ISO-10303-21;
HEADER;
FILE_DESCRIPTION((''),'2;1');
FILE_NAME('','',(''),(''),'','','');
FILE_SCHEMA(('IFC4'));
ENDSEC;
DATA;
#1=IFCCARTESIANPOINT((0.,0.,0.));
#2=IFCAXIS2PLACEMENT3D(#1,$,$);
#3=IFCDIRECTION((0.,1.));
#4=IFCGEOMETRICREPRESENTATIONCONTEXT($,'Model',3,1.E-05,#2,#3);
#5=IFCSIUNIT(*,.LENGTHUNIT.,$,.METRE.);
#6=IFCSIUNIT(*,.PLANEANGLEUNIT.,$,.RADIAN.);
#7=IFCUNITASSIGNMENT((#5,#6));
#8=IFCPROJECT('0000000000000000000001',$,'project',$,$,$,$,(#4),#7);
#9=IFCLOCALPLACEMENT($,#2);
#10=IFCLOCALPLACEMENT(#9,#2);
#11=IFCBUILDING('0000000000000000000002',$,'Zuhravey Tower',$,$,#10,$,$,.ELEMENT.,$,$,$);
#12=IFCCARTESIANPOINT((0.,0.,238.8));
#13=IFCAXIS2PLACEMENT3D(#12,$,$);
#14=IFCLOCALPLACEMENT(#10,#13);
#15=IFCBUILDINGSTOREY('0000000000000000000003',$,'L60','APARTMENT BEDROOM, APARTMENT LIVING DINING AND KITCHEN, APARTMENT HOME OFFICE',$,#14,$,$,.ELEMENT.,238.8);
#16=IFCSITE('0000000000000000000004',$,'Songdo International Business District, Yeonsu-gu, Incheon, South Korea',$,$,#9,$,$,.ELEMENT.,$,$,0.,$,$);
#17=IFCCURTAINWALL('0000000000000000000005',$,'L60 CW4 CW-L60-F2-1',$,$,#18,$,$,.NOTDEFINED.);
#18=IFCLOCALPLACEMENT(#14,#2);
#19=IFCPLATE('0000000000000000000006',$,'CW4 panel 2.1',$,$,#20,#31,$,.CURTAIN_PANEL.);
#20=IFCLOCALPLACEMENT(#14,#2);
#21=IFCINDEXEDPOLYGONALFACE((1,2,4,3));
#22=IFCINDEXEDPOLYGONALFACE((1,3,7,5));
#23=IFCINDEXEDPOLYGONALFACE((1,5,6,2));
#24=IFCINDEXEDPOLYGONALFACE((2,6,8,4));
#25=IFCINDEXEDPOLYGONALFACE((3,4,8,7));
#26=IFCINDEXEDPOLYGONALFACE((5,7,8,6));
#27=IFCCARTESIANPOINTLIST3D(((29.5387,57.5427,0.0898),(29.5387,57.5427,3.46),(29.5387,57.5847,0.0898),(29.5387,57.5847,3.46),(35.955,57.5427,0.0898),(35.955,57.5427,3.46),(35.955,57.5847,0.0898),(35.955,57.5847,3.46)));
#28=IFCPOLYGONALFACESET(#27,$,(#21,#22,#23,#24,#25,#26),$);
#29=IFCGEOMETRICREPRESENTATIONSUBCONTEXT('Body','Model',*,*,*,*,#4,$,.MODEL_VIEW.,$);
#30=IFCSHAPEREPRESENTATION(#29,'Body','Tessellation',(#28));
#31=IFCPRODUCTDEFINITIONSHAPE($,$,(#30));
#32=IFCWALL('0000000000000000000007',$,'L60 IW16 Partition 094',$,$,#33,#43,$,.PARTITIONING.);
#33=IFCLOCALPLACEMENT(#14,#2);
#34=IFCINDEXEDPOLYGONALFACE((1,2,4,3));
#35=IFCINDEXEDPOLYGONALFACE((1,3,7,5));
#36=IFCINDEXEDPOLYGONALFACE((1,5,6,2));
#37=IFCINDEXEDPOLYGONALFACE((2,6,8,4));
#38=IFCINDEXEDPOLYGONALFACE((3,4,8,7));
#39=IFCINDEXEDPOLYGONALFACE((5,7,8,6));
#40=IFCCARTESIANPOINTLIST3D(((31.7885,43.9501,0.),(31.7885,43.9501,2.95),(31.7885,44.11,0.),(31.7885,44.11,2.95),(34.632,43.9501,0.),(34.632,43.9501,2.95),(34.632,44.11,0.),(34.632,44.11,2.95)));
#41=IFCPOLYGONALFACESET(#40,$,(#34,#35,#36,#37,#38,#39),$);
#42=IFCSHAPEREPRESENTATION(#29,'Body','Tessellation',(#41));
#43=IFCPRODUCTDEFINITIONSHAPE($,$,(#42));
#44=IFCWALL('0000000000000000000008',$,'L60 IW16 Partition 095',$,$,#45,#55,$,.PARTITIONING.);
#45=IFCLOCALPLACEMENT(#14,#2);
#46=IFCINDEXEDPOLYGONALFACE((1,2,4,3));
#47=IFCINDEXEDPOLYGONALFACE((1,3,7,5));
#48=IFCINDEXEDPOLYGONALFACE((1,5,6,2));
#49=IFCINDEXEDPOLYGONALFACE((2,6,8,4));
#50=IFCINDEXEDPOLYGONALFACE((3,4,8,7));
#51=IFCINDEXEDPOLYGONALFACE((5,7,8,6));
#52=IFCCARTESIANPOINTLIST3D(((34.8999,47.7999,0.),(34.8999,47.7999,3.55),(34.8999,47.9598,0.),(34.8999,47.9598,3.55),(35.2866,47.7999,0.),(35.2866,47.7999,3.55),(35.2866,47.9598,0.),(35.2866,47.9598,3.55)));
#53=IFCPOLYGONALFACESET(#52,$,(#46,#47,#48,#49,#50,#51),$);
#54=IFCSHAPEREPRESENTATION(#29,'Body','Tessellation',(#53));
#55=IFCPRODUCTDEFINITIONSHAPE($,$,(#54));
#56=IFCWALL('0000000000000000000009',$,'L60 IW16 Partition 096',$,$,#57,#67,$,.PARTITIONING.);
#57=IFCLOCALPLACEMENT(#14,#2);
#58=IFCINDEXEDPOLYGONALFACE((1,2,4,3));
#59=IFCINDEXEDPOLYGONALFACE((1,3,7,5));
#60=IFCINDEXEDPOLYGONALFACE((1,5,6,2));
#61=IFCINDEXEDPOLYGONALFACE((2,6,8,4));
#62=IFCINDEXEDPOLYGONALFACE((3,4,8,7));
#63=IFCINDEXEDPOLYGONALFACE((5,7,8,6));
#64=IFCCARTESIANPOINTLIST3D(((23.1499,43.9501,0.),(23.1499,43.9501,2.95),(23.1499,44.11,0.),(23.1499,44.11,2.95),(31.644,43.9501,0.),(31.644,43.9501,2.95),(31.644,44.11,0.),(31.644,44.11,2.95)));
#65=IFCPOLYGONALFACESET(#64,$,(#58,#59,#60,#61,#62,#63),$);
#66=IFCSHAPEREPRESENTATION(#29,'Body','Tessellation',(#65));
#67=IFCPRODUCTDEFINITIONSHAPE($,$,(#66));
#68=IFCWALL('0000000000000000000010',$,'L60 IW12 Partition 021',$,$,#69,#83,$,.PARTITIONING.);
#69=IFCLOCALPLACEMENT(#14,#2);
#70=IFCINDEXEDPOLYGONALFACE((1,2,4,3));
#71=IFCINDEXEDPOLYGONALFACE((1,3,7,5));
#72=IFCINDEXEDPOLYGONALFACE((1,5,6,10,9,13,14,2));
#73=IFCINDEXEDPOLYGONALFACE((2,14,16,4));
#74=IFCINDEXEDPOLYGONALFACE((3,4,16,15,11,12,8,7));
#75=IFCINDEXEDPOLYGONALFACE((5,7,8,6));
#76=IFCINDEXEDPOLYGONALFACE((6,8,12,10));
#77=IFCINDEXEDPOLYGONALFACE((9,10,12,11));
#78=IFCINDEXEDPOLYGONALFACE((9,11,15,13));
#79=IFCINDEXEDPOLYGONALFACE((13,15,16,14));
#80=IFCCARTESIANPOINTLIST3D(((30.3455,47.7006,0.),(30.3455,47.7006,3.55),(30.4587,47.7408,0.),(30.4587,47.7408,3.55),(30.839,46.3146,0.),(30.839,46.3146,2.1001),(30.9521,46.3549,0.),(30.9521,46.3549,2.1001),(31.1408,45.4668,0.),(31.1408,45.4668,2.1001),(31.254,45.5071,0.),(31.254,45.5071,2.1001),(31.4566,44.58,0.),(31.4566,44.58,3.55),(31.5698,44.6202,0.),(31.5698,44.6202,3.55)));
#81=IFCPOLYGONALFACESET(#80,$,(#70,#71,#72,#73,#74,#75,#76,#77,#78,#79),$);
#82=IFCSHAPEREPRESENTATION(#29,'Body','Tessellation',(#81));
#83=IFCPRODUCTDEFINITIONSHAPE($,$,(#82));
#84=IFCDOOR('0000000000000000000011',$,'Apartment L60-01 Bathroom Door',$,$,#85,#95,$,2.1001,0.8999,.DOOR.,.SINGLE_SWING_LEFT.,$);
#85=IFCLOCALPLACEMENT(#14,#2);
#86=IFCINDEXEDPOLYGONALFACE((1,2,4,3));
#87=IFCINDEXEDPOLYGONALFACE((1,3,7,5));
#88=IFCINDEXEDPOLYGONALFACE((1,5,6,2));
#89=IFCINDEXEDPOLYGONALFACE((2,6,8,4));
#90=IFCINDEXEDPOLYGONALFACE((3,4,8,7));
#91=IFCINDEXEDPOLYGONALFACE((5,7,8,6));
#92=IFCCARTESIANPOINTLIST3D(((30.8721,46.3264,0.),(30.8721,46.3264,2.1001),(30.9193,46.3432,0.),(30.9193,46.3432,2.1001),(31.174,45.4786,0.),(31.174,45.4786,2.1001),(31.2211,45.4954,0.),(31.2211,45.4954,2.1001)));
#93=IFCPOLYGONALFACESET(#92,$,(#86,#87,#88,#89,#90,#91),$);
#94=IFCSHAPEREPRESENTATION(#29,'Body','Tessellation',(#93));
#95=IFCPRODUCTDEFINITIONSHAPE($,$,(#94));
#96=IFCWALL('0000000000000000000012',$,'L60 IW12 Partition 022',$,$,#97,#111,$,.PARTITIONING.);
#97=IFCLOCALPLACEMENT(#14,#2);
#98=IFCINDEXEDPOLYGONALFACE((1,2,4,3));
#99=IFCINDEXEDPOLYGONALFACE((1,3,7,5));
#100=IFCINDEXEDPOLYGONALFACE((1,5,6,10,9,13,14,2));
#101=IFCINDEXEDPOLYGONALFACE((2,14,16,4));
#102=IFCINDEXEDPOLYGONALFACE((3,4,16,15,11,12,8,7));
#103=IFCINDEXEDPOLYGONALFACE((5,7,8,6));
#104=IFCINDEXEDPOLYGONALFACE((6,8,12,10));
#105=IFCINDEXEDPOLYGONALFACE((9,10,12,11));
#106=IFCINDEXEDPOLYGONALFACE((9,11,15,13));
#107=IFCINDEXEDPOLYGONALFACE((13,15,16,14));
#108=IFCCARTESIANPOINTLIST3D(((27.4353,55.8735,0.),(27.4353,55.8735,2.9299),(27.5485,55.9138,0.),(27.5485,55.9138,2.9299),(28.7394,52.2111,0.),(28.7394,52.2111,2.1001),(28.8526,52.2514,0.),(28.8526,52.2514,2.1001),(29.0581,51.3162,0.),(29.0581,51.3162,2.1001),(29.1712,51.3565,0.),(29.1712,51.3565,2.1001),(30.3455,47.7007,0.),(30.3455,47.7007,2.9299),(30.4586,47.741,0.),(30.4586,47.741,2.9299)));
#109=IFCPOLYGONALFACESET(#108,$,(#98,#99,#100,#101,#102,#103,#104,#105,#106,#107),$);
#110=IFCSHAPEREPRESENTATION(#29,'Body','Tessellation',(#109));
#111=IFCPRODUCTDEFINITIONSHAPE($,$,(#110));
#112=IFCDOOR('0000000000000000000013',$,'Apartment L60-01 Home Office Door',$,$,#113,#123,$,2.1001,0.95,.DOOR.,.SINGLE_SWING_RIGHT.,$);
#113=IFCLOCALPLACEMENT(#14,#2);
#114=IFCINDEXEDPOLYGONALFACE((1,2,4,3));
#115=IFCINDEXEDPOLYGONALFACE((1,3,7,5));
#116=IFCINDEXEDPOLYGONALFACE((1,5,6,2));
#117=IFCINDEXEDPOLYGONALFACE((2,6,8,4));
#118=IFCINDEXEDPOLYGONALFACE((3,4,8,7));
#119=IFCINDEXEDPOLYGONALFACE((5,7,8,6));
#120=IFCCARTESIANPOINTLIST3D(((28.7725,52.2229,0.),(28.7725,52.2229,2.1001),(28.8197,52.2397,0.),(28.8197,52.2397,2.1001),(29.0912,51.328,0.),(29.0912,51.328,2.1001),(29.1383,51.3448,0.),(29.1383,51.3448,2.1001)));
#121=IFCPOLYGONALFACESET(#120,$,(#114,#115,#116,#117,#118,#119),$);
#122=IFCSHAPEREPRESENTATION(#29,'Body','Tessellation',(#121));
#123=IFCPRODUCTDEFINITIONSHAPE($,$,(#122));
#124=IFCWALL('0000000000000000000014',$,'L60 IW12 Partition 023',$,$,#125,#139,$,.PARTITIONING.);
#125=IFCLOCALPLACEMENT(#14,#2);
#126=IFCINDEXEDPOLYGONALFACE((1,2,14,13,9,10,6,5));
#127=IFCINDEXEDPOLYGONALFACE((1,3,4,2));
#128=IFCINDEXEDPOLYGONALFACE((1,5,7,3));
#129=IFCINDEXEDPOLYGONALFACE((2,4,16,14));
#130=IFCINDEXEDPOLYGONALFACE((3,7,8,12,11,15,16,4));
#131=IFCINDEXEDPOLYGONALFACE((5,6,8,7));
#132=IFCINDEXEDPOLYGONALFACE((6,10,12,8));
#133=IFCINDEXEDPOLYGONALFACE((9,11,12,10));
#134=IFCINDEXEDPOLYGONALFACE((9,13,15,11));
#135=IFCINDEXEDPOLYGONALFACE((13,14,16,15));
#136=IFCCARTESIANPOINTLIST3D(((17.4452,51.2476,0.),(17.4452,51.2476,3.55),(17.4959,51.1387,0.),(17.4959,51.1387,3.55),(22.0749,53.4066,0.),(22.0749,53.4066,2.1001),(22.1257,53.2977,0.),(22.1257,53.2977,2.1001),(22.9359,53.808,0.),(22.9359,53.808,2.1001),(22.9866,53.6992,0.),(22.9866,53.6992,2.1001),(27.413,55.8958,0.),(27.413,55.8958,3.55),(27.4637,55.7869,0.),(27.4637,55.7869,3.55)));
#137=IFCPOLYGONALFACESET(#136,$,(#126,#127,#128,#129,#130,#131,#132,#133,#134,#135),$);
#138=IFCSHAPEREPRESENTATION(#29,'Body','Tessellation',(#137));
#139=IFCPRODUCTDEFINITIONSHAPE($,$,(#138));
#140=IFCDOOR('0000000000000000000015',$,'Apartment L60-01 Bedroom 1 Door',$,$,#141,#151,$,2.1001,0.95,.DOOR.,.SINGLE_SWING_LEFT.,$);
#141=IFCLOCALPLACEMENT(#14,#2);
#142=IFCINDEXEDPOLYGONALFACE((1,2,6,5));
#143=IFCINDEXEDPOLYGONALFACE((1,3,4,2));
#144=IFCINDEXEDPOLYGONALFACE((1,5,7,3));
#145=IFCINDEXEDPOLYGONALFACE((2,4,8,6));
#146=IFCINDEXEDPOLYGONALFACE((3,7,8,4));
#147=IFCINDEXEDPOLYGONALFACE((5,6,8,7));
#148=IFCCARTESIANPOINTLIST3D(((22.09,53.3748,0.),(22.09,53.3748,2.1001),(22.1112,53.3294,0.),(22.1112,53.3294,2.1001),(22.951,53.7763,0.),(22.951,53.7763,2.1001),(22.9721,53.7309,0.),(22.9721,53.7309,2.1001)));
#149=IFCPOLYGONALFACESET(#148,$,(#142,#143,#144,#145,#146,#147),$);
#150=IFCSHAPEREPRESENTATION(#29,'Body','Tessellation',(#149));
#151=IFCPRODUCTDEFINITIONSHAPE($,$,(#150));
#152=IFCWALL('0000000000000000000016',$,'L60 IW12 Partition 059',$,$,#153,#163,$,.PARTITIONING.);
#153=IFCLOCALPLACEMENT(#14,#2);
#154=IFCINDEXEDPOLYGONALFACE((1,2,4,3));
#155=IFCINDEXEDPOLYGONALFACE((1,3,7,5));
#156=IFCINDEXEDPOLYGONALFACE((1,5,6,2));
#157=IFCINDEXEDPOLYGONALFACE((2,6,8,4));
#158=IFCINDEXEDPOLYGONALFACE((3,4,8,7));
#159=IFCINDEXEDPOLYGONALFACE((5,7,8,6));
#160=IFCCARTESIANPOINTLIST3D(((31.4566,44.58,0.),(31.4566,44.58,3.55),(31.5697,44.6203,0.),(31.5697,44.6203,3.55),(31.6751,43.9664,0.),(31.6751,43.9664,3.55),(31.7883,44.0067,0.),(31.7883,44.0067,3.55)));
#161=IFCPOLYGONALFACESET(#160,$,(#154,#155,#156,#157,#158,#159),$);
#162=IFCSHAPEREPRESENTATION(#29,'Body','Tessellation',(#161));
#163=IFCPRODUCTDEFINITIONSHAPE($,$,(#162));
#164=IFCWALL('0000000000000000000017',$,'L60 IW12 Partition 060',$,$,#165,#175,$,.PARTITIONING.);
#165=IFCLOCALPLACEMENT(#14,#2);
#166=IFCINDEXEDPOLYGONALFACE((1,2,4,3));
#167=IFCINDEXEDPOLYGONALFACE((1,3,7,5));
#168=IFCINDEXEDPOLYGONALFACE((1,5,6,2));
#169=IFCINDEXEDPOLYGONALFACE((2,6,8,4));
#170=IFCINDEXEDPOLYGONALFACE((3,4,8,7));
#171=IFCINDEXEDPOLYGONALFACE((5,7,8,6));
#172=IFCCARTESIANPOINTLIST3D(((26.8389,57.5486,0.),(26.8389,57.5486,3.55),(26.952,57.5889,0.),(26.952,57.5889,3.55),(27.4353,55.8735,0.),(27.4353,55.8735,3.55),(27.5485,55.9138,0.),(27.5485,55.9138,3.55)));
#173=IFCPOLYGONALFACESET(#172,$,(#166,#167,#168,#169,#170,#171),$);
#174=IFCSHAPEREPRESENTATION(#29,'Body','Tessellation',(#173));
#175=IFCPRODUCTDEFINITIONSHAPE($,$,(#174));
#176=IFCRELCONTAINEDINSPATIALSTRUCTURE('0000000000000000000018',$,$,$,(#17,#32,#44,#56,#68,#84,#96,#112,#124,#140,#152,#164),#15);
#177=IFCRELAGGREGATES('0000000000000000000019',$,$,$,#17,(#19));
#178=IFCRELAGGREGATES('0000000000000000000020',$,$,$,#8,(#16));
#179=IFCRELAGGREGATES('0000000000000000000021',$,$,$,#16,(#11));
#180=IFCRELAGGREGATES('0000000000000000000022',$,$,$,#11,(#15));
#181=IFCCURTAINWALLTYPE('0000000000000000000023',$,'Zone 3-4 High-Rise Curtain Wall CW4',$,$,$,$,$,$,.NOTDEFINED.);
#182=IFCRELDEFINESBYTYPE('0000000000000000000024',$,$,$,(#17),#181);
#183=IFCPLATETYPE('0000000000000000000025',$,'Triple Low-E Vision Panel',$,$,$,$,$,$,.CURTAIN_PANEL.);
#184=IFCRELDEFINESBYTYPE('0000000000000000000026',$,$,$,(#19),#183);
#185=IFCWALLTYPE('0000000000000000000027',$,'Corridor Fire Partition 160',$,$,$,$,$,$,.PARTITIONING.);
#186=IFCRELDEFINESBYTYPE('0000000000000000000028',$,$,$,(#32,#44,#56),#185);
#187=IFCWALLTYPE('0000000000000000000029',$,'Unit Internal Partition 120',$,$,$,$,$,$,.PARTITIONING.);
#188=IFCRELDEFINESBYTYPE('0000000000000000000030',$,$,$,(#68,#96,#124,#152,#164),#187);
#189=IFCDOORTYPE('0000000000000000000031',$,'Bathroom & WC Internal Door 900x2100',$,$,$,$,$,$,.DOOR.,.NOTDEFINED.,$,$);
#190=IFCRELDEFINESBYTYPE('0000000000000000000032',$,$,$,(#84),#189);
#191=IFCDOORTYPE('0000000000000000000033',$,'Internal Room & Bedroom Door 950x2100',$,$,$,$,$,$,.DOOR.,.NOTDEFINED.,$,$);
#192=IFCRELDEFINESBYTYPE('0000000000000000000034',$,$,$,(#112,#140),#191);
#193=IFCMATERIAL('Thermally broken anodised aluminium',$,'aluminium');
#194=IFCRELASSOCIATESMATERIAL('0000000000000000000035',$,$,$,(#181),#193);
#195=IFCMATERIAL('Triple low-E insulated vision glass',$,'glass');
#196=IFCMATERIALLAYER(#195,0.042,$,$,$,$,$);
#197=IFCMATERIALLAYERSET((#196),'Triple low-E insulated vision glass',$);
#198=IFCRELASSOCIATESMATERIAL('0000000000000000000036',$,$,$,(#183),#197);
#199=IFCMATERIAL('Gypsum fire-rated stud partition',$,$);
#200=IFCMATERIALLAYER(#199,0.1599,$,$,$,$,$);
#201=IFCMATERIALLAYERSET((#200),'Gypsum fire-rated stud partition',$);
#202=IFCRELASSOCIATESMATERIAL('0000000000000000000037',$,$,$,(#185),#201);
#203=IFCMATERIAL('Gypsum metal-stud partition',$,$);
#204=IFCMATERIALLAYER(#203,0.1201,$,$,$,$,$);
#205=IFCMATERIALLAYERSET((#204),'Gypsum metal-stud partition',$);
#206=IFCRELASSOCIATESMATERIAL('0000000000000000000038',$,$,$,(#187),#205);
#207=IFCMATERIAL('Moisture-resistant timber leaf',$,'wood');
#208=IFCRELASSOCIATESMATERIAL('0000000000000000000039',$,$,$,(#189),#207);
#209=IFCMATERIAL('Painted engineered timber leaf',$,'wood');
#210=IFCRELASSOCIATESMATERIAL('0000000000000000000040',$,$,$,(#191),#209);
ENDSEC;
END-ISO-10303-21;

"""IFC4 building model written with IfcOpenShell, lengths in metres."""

from ifc_helpers import new_model, si_unit, direction, frame, frame_2d, origin, origin_2d, place, context, subcontext, project, spatial, rectangle, extrude, material, layer, layer_set, type_object, element, fill, aggregate, save


model = new_model("IFC4")

# Units and contexts
model_context = context("Model", 3, precision=1e-05, world=origin(), true_north=direction((0.0, 1.0)))
body_context = subcontext(model_context, "Body", "Model", "MODEL_VIEW")
ifc_project = project(units=[si_unit("LENGTHUNIT", "METRE"), si_unit("PLANEANGLEUNIT", "RADIAN")], contexts=[model_context])

# Site, building, storey
site_placement = place(None, origin())
site = spatial("IfcSite", under=ifc_project, at=site_placement, Name="Songdo International Business District, Yeonsu-gu, Incheon, South Korea", CompositionType="ELEMENT", RefElevation=0.0)
building_placement = place(site_placement, origin())
building = spatial("IfcBuilding", under=site, at=building_placement, Name="Zuhravey Tower", CompositionType="ELEMENT")
storey_placement = place(building_placement, frame((0.0, 0.0, 238.8)))
storey = spatial("IfcBuildingStorey", under=building, at=storey_placement, Name="L60", Description="APARTMENT BEDROOM, APARTMENT LIVING DINING AND KITCHEN, APARTMENT HOME OFFICE", CompositionType="ELEMENT", Elevation=238.8)

# Curtain wall
ifc_material_1 = material(Name="Thermally broken anodised aluminium", Category="aluminium")
curtain_wall_type = type_object("IfcCurtainWallType", Name="Zone 3-4 High-Rise Curtain Wall CW4", PredefinedType="NOTDEFINED", material=ifc_material_1)
curtain_wall_placement = place(storey_placement, origin())
curtain_wall = element("IfcCurtainWall", 1, at=curtain_wall_placement, inside=storey, type_object=curtain_wall_type, Name="L60 CW4 CW-L60-F2-1", PredefinedType="NOTDEFINED")

# Plate
ifc_material_2 = material(Name="Triple low-E insulated vision glass", Category="glass")
ifc_layer_1 = layer(ifc_material_2, 0.042)
ifc_layer_set_1 = layer_set([ifc_layer_1], Name="Triple low-E insulated vision glass")
plate_type_1 = type_object("IfcPlateType", Name="Triple Low-E Vision Panel", PredefinedType="CURTAIN_PANEL", material=ifc_layer_set_1)
plate_1_placement = place(storey_placement, frame((32.7468, 57.5637, 0.0898), z_axis=(0.0, 0.0, 1.0), x_axis=(1.0, 0.0, 0.0)))
plate_1 = element("IfcPlate", 2, at=plate_1_placement, type_object=plate_type_1, Name="CW4 panel 2.1", PredefinedType="CURTAIN_PANEL", context=body_context, shape_type="SweptSolid", body=[
    extrude(rectangle(XDim=6.4163, YDim=0.042, at=origin_2d()), origin(), (0.0, 0.0, 1.0), 3.3701),
])
aggregate(curtain_wall, [plate_1])

# Shared definitions
ifc_material_3 = material(Name="Gypsum fire-rated stud partition")
ifc_layer_2 = layer(ifc_material_3, 0.1599)
ifc_layer_set_2 = layer_set([ifc_layer_2], Name="Gypsum fire-rated stud partition")
wall_type_1 = type_object("IfcWallType", Name="Corridor Fire Partition 160", PredefinedType="PARTITIONING", material=ifc_layer_set_2)

# Walls
wall_1_placement = place(storey_placement, frame((34.6321, 44.03, 0.0), z_axis=(0.0, 0.0, 1.0), x_axis=(-1.0, 0.0, 0.0)))
element("IfcWall", 3, at=wall_1_placement, inside=storey, type_object=wall_type_1, Name="L60 IW16 Partition 094", PredefinedType="PARTITIONING", context=body_context, shape_type="SweptSolid", body=[
    extrude(rectangle(XDim=2.8435, YDim=0.1599, at=frame_2d((1.4219, 0.0))), origin(), (0.0, 0.0, 1.0), 2.95),
])
wall_2_placement = place(storey_placement, frame((35.2866, 47.8799, 0.0), z_axis=(0.0, 0.0, 1.0), x_axis=(-1.0, 0.0, 0.0)))
element("IfcWall", 4, at=wall_2_placement, inside=storey, type_object=wall_type_1, Name="L60 IW16 Partition 095", PredefinedType="PARTITIONING", context=body_context, shape_type="SweptSolid", body=[
    extrude(rectangle(XDim=0.3867, YDim=0.1599, at=frame_2d((0.1934, 0.0))), origin(), (0.0, 0.0, 1.0), 3.55),
])
wall_3_placement = place(storey_placement, frame((31.644, 44.03, 0.0), z_axis=(0.0, 0.0, 1.0), x_axis=(-1.0, 0.0, 0.0)))
element("IfcWall", 5, at=wall_3_placement, inside=storey, type_object=wall_type_1, Name="L60 IW16 Partition 096", PredefinedType="PARTITIONING", context=body_context, shape_type="SweptSolid", body=[
    extrude(rectangle(XDim=8.4941, YDim=0.1599, at=frame_2d((4.2471, 0.0))), origin(), (0.0, 0.0, 1.0), 2.95),
])

# Walls, openings, doors
ifc_material_4 = material(Name="Gypsum metal-stud partition")
ifc_layer_3 = layer(ifc_material_4, 0.1201)
ifc_layer_set_3 = layer_set([ifc_layer_3], Name="Gypsum metal-stud partition")
wall_type_2 = type_object("IfcWallType", Name="Unit Internal Partition 120", PredefinedType="PARTITIONING", material=ifc_layer_set_3)
wall_4_placement = place(storey_placement, frame((31.5132, 44.6001, 0.0), z_axis=(0.0, 0.0, 1.0), x_axis=(-0.335421, 0.942068, 0.0)))
wall_4 = element("IfcWall", 6, at=wall_4_placement, inside=storey, type_object=wall_type_2, Name="L60 IW12 Partition 021", PredefinedType="PARTITIONING", context=body_context, shape_type="SweptSolid", body=[
    extrude(rectangle(XDim=3.3125, YDim=0.1201, at=frame_2d((1.6562, 0.0))), origin(), (0.0, 0.0, 1.0), 3.55),
])
opening_1_placement = place(wall_4_placement, frame((0.9414, 0.0, 0.0)))
opening_1 = element("IfcOpeningElement", 7, at=opening_1_placement, cuts=wall_4, PredefinedType="OPENING", context=body_context, shape_type="SweptSolid", body=[
    extrude(rectangle(XDim=0.8999, YDim=2.1001, at=frame_2d((0.45, 1.05))), frame((0.0, 0.072, 0.0), z_axis=(0.0, -1.0, 0.0), x_axis=(1.0, 0.0, 0.0)), (0.0, 0.0, 1.0), 0.144),
])
ifc_material_5 = material(Name="Moisture-resistant timber leaf", Category="wood")
door_type_1 = type_object("IfcDoorType", Name="Bathroom & WC Internal Door 900x2100", OperationType="NOTDEFINED", PredefinedType="DOOR", material=ifc_material_5)
door_1_placement = place(opening_1_placement, origin())
door_1 = element("IfcDoor", 8, at=door_1_placement, inside=storey, type_object=door_type_1, Name="Apartment L60-01 Bathroom Door", OperationType="SINGLE_SWING_LEFT", OverallHeight=2.1001, OverallWidth=0.8999, PredefinedType="DOOR", context=body_context, shape_type="SweptSolid", body=[
    extrude(rectangle(XDim=0.8999, YDim=2.1001, at=frame_2d((0.45, 1.05))), frame((0.0, 0.0249, 0.0), z_axis=(0.0, -1.0, 0.0), x_axis=(1.0, 0.0, 0.0)), (0.0, 0.0, 1.0), 0.05),
])
fill(opening_1, door_1)
wall_5_placement = place(storey_placement, frame((30.4021, 47.7207, 0.0), z_axis=(0.0, 0.0, 1.0), x_axis=(-0.335445, 0.94206, 0.0)))
wall_5 = element("IfcWall", 9, at=wall_5_placement, inside=storey, type_object=wall_type_2, Name="L60 IW12 Partition 022", PredefinedType="PARTITIONING", context=body_context, shape_type="SweptSolid", body=[
    extrude(rectangle(XDim=8.6755, YDim=0.1201, at=frame_2d((4.3379, 0.0))), origin(), (0.0, 0.0, 1.0), 2.9299),
])
opening_2_placement = place(wall_5_placement, frame((3.8379, 0.0, 0.0)))
opening_2 = element("IfcOpeningElement", 10, at=opening_2_placement, cuts=wall_5, PredefinedType="OPENING", context=body_context, shape_type="SweptSolid", body=[
    extrude(rectangle(XDim=0.95, YDim=2.1001, at=frame_2d((0.4751, 1.05))), frame((0.0, 0.072, 0.0), z_axis=(0.0, -1.0, 0.0), x_axis=(1.0, 0.0, 0.0)), (0.0, 0.0, 1.0), 0.144),
])
ifc_material_6 = material(Name="Painted engineered timber leaf", Category="wood")
door_type_2 = type_object("IfcDoorType", Name="Internal Room & Bedroom Door 950x2100", OperationType="NOTDEFINED", PredefinedType="DOOR", material=ifc_material_6)
door_2_placement = place(opening_2_placement, origin())
door_2 = element("IfcDoor", 11, at=door_2_placement, inside=storey, type_object=door_type_2, Name="Apartment L60-01 Home Office Door", OperationType="SINGLE_SWING_RIGHT", OverallHeight=2.1001, OverallWidth=0.95, PredefinedType="DOOR", context=body_context, shape_type="SweptSolid", body=[
    extrude(rectangle(XDim=0.95, YDim=2.1001, at=frame_2d((0.4751, 1.05))), frame((0.0, 0.0249, 0.0), z_axis=(0.0, -1.0, 0.0), x_axis=(1.0, 0.0, 0.0)), (0.0, 0.0, 1.0), 0.05),
])
fill(opening_2, door_2)
wall_6_placement = place(storey_placement, frame((27.4382, 55.8413, 0.0), z_axis=(0.0, 0.0, 1.0), x_axis=(-0.906303, -0.422629, 0.0)))
wall_6 = element("IfcWall", 12, at=wall_6_placement, inside=storey, type_object=wall_type_2, Name="L60 IW12 Partition 023", PredefinedType="PARTITIONING", context=body_context, shape_type="SweptSolid", body=[
    extrude(rectangle(XDim=10.9983, YDim=0.1201, at=frame_2d((5.499, 0.0))), origin(), (0.0, 0.0, 1.0), 3.55),
])
opening_3_placement = place(wall_6_placement, frame((4.9397, 0.0, 0.0)))
opening_3 = element("IfcOpeningElement", 13, at=opening_3_placement, cuts=wall_6, PredefinedType="OPENING", context=body_context, shape_type="SweptSolid", body=[
    extrude(rectangle(XDim=0.95, YDim=2.1001, at=frame_2d((0.4751, 1.05))), frame((0.0, 0.072, 0.0), z_axis=(0.0, -1.0, 0.0), x_axis=(1.0, 0.0, 0.0)), (0.0, 0.0, 1.0), 0.144),
])
door_3_placement = place(opening_3_placement, frame((0.95, 0.0, 0.0), z_axis=(0.0, 0.0, 1.0), x_axis=(-1.0, 0.0, 0.0)))
door_3 = element("IfcDoor", 14, at=door_3_placement, inside=storey, type_object=door_type_2, Name="Apartment L60-01 Bedroom 1 Door", OperationType="SINGLE_SWING_LEFT", OverallHeight=2.1001, OverallWidth=0.95, PredefinedType="DOOR", context=body_context, shape_type="SweptSolid", body=[
    extrude(rectangle(XDim=0.95, YDim=2.1001, at=frame_2d((0.4751, 1.05))), frame((0.0, 0.0249, 0.0), z_axis=(0.0, -1.0, 0.0), x_axis=(1.0, 0.0, 0.0)), (0.0, 0.0, 1.0), 0.05),
])
fill(opening_3, door_3)

# Walls
wall_7_placement = place(storey_placement, frame((31.7317, 43.9866, 0.0), z_axis=(0.0, 0.0, 1.0), x_axis=(-0.335505, 0.942038, 0.0)))
element("IfcWall", 15, at=wall_7_placement, inside=storey, type_object=wall_type_2, Name="L60 IW12 Partition 059", PredefinedType="PARTITIONING", context=body_context, shape_type="SweptSolid", body=[
    extrude(rectangle(XDim=0.6514, YDim=0.1201, at=frame_2d((0.3257, 0.0))), origin(), (0.0, 0.0, 1.0), 3.55),
])
wall_8_placement = place(storey_placement, frame((27.4919, 55.8936, 0.0), z_axis=(0.0, 0.0, 1.0), x_axis=(-0.33544, 0.942061, 0.0)))
element("IfcWall", 16, at=wall_8_placement, inside=storey, type_object=wall_type_2, Name="L60 IW12 Partition 060", PredefinedType="PARTITIONING", context=body_context, shape_type="SweptSolid", body=[
    extrude(rectangle(XDim=1.7781, YDim=0.1201, at=frame_2d((0.8892, 0.0))), origin(), (0.0, 0.0, 1.0), 3.55),
])

save(model, "model.ifc")
